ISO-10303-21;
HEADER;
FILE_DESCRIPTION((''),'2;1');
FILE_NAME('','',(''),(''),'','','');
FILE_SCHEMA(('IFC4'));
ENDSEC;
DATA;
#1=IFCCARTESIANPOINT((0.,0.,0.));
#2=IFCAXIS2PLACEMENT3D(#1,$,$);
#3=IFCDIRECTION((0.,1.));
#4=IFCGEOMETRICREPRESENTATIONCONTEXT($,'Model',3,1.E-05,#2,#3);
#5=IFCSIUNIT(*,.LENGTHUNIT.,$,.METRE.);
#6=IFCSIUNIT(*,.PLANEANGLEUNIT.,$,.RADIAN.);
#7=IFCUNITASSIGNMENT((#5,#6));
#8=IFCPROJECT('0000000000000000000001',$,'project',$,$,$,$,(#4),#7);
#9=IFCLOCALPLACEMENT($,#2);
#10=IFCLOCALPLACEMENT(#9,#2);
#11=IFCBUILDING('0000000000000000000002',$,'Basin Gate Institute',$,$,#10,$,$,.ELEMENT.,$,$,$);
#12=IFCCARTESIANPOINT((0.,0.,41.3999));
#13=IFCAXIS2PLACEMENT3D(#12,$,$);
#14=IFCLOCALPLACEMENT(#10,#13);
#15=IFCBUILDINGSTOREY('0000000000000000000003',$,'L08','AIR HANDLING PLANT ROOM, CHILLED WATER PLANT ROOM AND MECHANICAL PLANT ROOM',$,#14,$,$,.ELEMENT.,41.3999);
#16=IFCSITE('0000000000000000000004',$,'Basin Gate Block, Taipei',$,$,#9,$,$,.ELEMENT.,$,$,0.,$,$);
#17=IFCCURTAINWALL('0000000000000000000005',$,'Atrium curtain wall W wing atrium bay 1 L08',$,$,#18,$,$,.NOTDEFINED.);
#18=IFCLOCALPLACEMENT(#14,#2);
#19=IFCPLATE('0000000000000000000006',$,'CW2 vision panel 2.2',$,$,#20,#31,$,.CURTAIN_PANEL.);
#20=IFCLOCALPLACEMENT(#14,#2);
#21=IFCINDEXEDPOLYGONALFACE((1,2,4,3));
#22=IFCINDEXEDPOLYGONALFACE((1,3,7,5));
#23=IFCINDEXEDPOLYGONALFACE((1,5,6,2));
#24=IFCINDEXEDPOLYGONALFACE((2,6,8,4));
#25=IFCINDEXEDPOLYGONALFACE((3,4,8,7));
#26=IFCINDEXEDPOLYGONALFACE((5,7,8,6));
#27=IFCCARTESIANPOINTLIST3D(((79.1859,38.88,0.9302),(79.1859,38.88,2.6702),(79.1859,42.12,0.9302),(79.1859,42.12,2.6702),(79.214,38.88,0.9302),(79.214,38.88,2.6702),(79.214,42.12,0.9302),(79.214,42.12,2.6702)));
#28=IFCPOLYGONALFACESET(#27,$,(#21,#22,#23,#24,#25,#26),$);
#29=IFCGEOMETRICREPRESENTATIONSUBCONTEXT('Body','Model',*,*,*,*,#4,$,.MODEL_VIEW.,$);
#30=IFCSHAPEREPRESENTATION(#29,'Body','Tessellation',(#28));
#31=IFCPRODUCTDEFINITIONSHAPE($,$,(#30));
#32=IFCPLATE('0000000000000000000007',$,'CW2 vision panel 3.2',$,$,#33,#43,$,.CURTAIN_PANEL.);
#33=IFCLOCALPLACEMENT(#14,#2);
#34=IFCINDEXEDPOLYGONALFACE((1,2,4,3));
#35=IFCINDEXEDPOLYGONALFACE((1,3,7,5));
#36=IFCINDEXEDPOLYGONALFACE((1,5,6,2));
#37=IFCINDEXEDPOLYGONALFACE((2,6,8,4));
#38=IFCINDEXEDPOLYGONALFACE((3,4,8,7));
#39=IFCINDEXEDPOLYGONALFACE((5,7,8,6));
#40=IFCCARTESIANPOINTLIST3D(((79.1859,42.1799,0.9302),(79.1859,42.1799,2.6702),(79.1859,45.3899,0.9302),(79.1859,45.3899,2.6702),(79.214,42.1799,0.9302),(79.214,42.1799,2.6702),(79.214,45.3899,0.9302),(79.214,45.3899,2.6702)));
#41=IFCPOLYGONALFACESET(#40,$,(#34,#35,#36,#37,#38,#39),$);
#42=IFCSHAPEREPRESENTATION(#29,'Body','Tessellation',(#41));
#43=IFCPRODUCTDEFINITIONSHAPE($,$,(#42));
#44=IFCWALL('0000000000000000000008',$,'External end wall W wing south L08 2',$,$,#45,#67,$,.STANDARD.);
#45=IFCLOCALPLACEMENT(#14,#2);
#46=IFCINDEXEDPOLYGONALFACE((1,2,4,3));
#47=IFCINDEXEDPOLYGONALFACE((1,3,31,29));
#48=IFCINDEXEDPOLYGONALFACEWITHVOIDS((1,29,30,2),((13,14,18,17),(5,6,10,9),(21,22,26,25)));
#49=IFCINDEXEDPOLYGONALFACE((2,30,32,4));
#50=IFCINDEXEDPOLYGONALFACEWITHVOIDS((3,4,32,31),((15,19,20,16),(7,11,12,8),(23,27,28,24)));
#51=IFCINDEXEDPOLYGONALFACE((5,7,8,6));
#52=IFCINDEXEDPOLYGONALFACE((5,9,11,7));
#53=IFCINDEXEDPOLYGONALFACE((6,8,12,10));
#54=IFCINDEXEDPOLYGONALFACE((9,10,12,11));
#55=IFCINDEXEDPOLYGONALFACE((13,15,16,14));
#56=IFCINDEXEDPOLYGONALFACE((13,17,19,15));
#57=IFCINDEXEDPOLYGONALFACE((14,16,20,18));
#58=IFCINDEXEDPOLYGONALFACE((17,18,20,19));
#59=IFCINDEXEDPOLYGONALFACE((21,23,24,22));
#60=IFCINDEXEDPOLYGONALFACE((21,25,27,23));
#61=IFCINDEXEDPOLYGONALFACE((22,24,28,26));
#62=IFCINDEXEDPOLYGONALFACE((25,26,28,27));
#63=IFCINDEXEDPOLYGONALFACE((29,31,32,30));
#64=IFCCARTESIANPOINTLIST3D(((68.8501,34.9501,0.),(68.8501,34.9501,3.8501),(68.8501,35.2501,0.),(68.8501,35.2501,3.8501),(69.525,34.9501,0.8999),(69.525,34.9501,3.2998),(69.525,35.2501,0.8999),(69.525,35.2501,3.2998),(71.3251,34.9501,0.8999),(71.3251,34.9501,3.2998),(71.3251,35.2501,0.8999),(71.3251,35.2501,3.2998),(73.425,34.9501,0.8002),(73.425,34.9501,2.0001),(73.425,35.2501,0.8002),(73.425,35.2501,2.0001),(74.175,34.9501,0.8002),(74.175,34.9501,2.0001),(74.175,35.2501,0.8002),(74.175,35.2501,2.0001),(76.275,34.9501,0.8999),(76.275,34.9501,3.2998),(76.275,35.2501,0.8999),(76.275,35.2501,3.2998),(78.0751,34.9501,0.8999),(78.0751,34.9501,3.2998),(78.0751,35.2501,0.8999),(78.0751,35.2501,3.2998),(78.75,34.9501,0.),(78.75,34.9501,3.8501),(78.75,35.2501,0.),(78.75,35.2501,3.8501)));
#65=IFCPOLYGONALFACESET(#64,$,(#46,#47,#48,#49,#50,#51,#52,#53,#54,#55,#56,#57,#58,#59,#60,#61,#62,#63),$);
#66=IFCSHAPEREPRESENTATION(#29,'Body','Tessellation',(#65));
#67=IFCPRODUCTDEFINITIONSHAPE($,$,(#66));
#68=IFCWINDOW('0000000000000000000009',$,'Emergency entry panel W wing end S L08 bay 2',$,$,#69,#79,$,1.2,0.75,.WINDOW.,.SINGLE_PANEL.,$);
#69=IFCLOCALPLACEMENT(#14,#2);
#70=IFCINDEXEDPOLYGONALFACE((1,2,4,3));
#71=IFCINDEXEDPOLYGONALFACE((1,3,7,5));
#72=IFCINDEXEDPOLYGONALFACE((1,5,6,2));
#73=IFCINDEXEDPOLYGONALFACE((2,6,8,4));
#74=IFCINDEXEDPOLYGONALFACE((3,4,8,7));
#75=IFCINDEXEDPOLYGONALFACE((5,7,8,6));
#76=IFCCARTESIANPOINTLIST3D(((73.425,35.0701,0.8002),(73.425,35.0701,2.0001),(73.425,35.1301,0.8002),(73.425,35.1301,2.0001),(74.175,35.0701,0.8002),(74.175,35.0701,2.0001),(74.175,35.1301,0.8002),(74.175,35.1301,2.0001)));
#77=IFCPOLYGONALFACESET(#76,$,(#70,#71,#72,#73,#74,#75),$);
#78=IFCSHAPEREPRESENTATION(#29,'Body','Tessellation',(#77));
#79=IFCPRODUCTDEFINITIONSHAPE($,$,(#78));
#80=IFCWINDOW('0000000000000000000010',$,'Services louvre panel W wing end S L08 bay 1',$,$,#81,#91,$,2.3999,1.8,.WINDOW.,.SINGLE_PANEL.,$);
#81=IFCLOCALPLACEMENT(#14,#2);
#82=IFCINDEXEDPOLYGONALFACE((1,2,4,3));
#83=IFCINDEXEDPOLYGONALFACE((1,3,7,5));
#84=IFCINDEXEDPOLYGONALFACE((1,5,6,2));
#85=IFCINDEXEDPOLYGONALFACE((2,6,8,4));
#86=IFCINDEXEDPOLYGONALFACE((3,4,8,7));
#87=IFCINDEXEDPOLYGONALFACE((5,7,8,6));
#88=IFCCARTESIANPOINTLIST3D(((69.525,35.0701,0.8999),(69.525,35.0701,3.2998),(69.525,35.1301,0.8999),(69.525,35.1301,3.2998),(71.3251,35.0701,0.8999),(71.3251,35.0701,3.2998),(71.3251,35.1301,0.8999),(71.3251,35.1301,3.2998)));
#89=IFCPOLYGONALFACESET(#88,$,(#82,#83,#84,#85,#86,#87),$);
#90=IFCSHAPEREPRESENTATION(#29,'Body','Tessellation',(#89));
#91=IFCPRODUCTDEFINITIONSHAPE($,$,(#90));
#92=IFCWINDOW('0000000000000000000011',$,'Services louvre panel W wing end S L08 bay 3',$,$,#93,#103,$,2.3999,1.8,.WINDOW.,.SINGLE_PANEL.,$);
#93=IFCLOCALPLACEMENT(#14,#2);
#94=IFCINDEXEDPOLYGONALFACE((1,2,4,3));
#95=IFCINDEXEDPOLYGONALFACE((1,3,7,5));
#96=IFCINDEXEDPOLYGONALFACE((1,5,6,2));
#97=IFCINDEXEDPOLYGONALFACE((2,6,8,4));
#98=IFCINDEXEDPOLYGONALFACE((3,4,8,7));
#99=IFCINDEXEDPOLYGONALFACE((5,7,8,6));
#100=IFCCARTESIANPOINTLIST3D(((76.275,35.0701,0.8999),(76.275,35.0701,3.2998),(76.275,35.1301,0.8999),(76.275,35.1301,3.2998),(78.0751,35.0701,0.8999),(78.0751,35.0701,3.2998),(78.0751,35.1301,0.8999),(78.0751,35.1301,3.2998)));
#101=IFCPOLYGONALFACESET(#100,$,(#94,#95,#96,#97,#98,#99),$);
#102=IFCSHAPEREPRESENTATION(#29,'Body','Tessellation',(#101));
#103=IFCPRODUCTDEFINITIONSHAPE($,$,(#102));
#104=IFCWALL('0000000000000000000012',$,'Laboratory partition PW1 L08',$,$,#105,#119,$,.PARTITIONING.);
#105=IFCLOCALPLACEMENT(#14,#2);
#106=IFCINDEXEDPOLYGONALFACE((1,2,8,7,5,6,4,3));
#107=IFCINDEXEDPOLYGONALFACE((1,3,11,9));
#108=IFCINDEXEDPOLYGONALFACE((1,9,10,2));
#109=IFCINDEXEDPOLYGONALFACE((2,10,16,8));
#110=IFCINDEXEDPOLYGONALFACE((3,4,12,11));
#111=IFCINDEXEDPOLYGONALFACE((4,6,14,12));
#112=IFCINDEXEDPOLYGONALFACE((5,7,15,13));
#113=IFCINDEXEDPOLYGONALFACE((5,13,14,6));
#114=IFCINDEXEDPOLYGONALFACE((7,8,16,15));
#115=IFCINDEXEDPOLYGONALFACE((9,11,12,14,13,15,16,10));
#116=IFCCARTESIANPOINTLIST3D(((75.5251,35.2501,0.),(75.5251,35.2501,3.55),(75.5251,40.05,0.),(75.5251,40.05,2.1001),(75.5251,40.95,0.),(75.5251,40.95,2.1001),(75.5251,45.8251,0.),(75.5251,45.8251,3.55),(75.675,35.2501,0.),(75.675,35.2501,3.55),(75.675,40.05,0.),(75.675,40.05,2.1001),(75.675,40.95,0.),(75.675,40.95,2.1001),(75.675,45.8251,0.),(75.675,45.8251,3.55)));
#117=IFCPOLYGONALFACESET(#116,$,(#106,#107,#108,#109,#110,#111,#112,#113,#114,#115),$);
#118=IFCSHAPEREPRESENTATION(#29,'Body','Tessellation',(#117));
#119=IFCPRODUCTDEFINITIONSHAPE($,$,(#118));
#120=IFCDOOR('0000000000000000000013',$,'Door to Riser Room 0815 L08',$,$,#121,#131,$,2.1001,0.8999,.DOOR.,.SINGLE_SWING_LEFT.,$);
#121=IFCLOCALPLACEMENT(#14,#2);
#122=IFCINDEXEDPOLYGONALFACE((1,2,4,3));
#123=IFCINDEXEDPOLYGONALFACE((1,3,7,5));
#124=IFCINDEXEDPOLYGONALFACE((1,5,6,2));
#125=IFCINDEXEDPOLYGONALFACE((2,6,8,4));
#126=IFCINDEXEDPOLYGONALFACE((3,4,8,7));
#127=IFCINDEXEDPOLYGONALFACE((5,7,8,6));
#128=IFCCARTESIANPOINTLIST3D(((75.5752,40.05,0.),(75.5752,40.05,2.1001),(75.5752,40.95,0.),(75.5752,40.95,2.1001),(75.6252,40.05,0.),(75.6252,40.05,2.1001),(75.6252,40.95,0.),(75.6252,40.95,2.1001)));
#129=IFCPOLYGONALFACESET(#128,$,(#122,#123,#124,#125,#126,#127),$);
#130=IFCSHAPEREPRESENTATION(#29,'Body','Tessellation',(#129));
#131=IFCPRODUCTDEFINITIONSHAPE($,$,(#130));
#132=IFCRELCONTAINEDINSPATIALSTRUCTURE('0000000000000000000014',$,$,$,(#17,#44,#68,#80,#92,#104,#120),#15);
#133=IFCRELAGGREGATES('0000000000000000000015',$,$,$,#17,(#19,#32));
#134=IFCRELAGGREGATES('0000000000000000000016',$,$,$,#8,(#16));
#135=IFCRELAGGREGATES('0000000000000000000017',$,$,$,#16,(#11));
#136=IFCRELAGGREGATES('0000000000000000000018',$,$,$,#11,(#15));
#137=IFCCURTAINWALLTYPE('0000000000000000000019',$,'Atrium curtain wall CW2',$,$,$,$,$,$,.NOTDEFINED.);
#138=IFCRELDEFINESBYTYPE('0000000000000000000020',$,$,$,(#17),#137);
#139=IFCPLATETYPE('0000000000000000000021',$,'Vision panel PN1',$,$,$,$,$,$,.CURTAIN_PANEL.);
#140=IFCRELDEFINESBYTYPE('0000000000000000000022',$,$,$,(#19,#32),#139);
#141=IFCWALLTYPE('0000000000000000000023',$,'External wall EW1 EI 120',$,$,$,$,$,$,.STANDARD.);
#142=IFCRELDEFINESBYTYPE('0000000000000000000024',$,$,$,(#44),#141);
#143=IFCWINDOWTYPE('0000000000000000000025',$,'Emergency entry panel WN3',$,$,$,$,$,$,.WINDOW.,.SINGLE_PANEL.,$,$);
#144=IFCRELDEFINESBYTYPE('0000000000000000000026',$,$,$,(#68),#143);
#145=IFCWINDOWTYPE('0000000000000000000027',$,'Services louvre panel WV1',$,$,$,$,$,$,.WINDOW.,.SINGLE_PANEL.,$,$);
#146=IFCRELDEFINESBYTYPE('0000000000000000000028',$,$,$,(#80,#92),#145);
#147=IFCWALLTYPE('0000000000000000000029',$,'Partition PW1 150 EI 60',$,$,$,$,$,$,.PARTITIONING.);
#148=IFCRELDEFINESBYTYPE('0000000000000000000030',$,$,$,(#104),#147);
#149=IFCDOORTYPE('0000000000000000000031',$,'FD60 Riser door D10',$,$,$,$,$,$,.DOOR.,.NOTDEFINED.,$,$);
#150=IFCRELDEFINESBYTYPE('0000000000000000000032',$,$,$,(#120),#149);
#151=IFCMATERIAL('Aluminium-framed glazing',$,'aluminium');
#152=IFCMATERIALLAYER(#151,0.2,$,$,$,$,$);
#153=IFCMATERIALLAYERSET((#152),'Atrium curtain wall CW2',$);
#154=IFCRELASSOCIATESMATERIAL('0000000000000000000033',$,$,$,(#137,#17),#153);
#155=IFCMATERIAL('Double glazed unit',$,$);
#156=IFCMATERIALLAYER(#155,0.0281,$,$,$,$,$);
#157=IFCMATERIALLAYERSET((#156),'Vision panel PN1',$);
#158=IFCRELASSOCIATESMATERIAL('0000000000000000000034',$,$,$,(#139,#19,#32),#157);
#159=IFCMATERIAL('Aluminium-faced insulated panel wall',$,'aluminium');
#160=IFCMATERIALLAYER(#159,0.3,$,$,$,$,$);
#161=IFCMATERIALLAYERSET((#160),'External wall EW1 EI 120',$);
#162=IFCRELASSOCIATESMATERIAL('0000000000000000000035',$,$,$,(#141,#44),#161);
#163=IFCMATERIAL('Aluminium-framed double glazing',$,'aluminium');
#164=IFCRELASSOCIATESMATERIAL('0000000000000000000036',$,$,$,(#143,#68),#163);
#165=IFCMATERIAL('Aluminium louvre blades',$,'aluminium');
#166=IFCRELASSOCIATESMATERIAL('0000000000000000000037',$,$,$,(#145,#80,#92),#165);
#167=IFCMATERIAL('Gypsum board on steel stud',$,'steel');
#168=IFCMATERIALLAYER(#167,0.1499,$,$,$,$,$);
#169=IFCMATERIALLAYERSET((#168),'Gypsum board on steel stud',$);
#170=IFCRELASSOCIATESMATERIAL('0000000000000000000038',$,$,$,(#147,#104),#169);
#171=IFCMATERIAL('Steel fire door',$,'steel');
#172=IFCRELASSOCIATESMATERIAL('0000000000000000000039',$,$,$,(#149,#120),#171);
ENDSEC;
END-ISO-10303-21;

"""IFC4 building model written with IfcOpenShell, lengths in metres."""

from ifc_helpers import new_model, si_unit, direction, frame, frame_2d, origin, origin_2d, place, context, subcontext, project, spatial, rectangle, extrude, material, layer, layer_set, type_object, element, fill, aggregate, save


model = new_model("IFC4")

# Units and contexts
model_context = context("Model", 3, precision=1e-05, world=origin(), true_north=direction((0.0, 1.0)))
body_context = subcontext(model_context, "Body", "Model", "MODEL_VIEW")
ifc_project = project(units=[si_unit("LENGTHUNIT", "METRE"), si_unit("PLANEANGLEUNIT", "RADIAN")], contexts=[model_context])

# Site, building, storey
site_placement = place(None, origin())
site = spatial("IfcSite", under=ifc_project, at=site_placement, Name="Basin Gate Block, Taipei", CompositionType="ELEMENT", RefElevation=0.0)
building_placement = place(site_placement, origin())
building = spatial("IfcBuilding", under=site, at=building_placement, Name="Basin Gate Institute", CompositionType="ELEMENT")
storey_placement = place(building_placement, frame((0.0, 0.0, 41.3999)))
storey = spatial("IfcBuildingStorey", under=building, at=storey_placement, Name="L08", Description="AIR HANDLING PLANT ROOM, CHILLED WATER PLANT ROOM AND MECHANICAL PLANT ROOM", CompositionType="ELEMENT", Elevation=41.3999)

# Curtain wall
ifc_material_1 = material(Name="Aluminium-framed glazing", Category="aluminium")
ifc_layer_1 = layer(ifc_material_1, 0.2)
ifc_layer_set_1 = layer_set([ifc_layer_1], Name="Atrium curtain wall CW2")
curtain_wall_type = type_object("IfcCurtainWallType", Name="Atrium curtain wall CW2", PredefinedType="NOTDEFINED", material=ifc_layer_set_1)
curtain_wall_placement = place(storey_placement, origin())
curtain_wall = element("IfcCurtainWall", 1, at=curtain_wall_placement, inside=storey, type_object=curtain_wall_type, material=ifc_layer_set_1, Name="Atrium curtain wall W wing atrium bay 1 L08", PredefinedType="NOTDEFINED")

# Plates
ifc_material_2 = material(Name="Double glazed unit")
ifc_layer_2 = layer(ifc_material_2, 0.0281)
ifc_layer_set_2 = layer_set([ifc_layer_2], Name="Vision panel PN1")
plate_type_1 = type_object("IfcPlateType", Name="Vision panel PN1", PredefinedType="CURTAIN_PANEL", material=ifc_layer_set_2)
plate_1_placement = place(storey_placement, frame((79.2, 40.5, 0.9302), z_axis=(0.0, 0.0, 1.0), x_axis=(0.0, 1.0, 0.0)))
plate_1 = element("IfcPlate", 2, at=plate_1_placement, type_object=plate_type_1, material=ifc_layer_set_2, Name="CW2 vision panel 2.2", PredefinedType="CURTAIN_PANEL", context=body_context, shape_type="SweptSolid", body=[
    extrude(rectangle(XDim=3.24, YDim=0.0281, at=origin_2d()), origin(), (0.0, 0.0, 1.0), 1.74),
])
plate_2_placement = place(storey_placement, frame((79.2, 43.7849, 0.9302), z_axis=(0.0, 0.0, 1.0), x_axis=(0.0, 1.0, 0.0)))
plate_2 = element("IfcPlate", 3, at=plate_2_placement, type_object=plate_type_1, material=ifc_layer_set_2, Name="CW2 vision panel 3.2", PredefinedType="CURTAIN_PANEL", context=body_context, shape_type="SweptSolid", body=[
    extrude(rectangle(XDim=3.21, YDim=0.0281, at=origin_2d()), origin(), (0.0, 0.0, 1.0), 1.74),
])
aggregate(curtain_wall, [plate_1, plate_2])

# Wall, openings, windows
ifc_material_3 = material(Name="Aluminium-faced insulated panel wall", Category="aluminium")
ifc_layer_3 = layer(ifc_material_3, 0.3)
ifc_layer_set_3 = layer_set([ifc_layer_3], Name="External wall EW1 EI 120")
wall_type_1 = type_object("IfcWallType", Name="External wall EW1 EI 120", PredefinedType="STANDARD", material=ifc_layer_set_3)
wall_1_placement = place(storey_placement, frame((68.8501, 35.1001, 0.0), z_axis=(0.0, 0.0, 1.0), x_axis=(1.0, 0.0, 0.0)))
wall_1 = element("IfcWall", 4, at=wall_1_placement, inside=storey, type_object=wall_type_1, material=ifc_layer_set_3, Name="External end wall W wing south L08 2", PredefinedType="STANDARD", context=body_context, shape_type="SweptSolid", body=[
    extrude(rectangle(XDim=9.8999, YDim=0.3, at=frame_2d((4.95, 0.0))), origin(), (0.0, 0.0, 1.0), 3.8501),
])
opening_1_placement = place(wall_1_placement, frame((0.675, 0.0, 0.8999)))
opening_1 = element("IfcOpeningElement", 5, at=opening_1_placement, cuts=wall_1, PredefinedType="OPENING", context=body_context, shape_type="SweptSolid", body=[
    extrude(rectangle(XDim=1.8, YDim=2.3999, at=frame_2d((0.8999, 1.2))), frame((0.0, 0.1602, 0.0), z_axis=(0.0, -1.0, 0.0), x_axis=(1.0, 0.0, 0.0)), (0.0, 0.0, 1.0), 0.3201),
])
opening_2_placement = place(wall_1_placement, frame((4.575, 0.0, 0.8)))
opening_2 = element("IfcOpeningElement", 6, at=opening_2_placement, cuts=wall_1, PredefinedType="OPENING", context=body_context, shape_type="SweptSolid", body=[
    extrude(rectangle(XDim=0.75, YDim=1.2, at=frame_2d((0.375, 0.6001))), frame((0.0, 0.1602, 0.0), z_axis=(0.0, -1.0, 0.0), x_axis=(1.0, 0.0, 0.0)), (0.0, 0.0, 1.0), 0.3201),
])
opening_3_placement = place(wall_1_placement, frame((7.425, 0.0, 0.8999)))
opening_3 = element("IfcOpeningElement", 7, at=opening_3_placement, cuts=wall_1, PredefinedType="OPENING", context=body_context, shape_type="SweptSolid", body=[
    extrude(rectangle(XDim=1.8, YDim=2.3999, at=frame_2d((0.8999, 1.2))), frame((0.0, 0.1602, 0.0), z_axis=(0.0, -1.0, 0.0), x_axis=(1.0, 0.0, 0.0)), (0.0, 0.0, 1.0), 0.3201),
])
ifc_material_4 = material(Name="Aluminium-framed double glazing", Category="aluminium")
window_type_1 = type_object("IfcWindowType", Name="Emergency entry panel WN3", PartitioningType="SINGLE_PANEL", PredefinedType="WINDOW", material=ifc_material_4)
window_1_placement = place(opening_2_placement, origin())
window_1 = element("IfcWindow", 8, at=window_1_placement, inside=storey, type_object=window_type_1, material=ifc_material_4, Name="Emergency entry panel W wing end S L08 bay 2", OverallHeight=1.2, OverallWidth=0.75, PartitioningType="SINGLE_PANEL", PredefinedType="WINDOW", context=body_context, shape_type="SweptSolid", body=[
    extrude(rectangle(XDim=0.75, YDim=1.2, at=frame_2d((0.375, 0.6001))), frame((0.0, 0.03, 0.0), z_axis=(0.0, -1.0, 0.0), x_axis=(1.0, 0.0, 0.0)), (0.0, 0.0, 1.0), 0.0601),
])
fill(opening_2, window_1)
ifc_material_5 = material(Name="Aluminium louvre blades", Category="aluminium")
window_type_2 = type_object("IfcWindowType", Name="Services louvre panel WV1", PartitioningType="SINGLE_PANEL", PredefinedType="WINDOW", material=ifc_material_5)
window_2_placement = place(opening_1_placement, origin())
window_2 = element("IfcWindow", 9, at=window_2_placement, inside=storey, type_object=window_type_2, material=ifc_material_5, Name="Services louvre panel W wing end S L08 bay 1", OverallHeight=2.3999, OverallWidth=1.8, PartitioningType="SINGLE_PANEL", PredefinedType="WINDOW", context=body_context, shape_type="SweptSolid", body=[
    extrude(rectangle(XDim=1.8, YDim=2.3999, at=frame_2d((0.8999, 1.2))), frame((0.0, 0.03, 0.0), z_axis=(0.0, -1.0, 0.0), x_axis=(1.0, 0.0, 0.0)), (0.0, 0.0, 1.0), 0.0601),
])
fill(opening_1, window_2)
window_3_placement = place(opening_3_placement, origin())
window_3 = element("IfcWindow", 10, at=window_3_placement, inside=storey, type_object=window_type_2, material=ifc_material_5, Name="Services louvre panel W wing end S L08 bay 3", OverallHeight=2.3999, OverallWidth=1.8, PartitioningType="SINGLE_PANEL", PredefinedType="WINDOW", context=body_context, shape_type="SweptSolid", body=[
    extrude(rectangle(XDim=1.8, YDim=2.3999, at=frame_2d((0.8999, 1.2))), frame((0.0, 0.03, 0.0), z_axis=(0.0, -1.0, 0.0), x_axis=(1.0, 0.0, 0.0)), (0.0, 0.0, 1.0), 0.0601),
])
fill(opening_3, window_3)

# Wall, opening, door
ifc_material_6 = material(Name="Gypsum board on steel stud", Category="steel")
ifc_layer_4 = layer(ifc_material_6, 0.1499)
ifc_layer_set_4 = layer_set([ifc_layer_4], Name="Gypsum board on steel stud")
wall_type_2 = type_object("IfcWallType", Name="Partition PW1 150 EI 60", PredefinedType="PARTITIONING", material=ifc_layer_set_4)
wall_2_placement = place(storey_placement, frame((75.6001, 35.25, 0.0), z_axis=(0.0, 0.0, 1.0), x_axis=(0.0, 1.0, 0.0)))
wall_2 = element("IfcWall", 11, at=wall_2_placement, inside=storey, type_object=wall_type_2, material=ifc_layer_set_4, Name="Laboratory partition PW1 L08", PredefinedType="PARTITIONING", context=body_context, shape_type="SweptSolid", body=[
    extrude(rectangle(XDim=10.575, YDim=0.1499, at=frame_2d((5.2876, 0.0))), origin(), (0.0, 0.0, 1.0), 3.55),
])
opening_4_placement = place(wall_2_placement, frame((4.8, 0.0, 0.0)))
opening_4 = element("IfcOpeningElement", 12, at=opening_4_placement, cuts=wall_2, PredefinedType="OPENING", context=body_context, shape_type="SweptSolid", body=[
    extrude(rectangle(XDim=0.8999, YDim=2.1001, at=frame_2d((0.45, 1.05))), frame((0.0, 0.085, 0.0), z_axis=(0.0, -1.0, 0.0), x_axis=(1.0, 0.0, 0.0)), (0.0, 0.0, 1.0), 0.1699),
])
ifc_material_7 = material(Name="Steel fire door", Category="steel")
door_type = type_object("IfcDoorType", Name="FD60 Riser door D10", OperationType="NOTDEFINED", PredefinedType="DOOR", material=ifc_material_7)
door_placement = place(opening_4_placement, origin())
door = element("IfcDoor", 13, at=door_placement, inside=storey, type_object=door_type, material=ifc_material_7, Name="Door to Riser Room 0815 L08", OperationType="SINGLE_SWING_LEFT", OverallHeight=2.1001, OverallWidth=0.8999, PredefinedType="DOOR", context=body_context, shape_type="SweptSolid", body=[
    extrude(rectangle(XDim=0.8999, YDim=2.1001, at=frame_2d((0.45, 1.05))), frame((0.0, 0.0249, 0.0), z_axis=(0.0, -1.0, 0.0), x_axis=(1.0, 0.0, 0.0)), (0.0, 0.0, 1.0), 0.05),
])
fill(opening_4, door)

save(model, "model.ifc")
